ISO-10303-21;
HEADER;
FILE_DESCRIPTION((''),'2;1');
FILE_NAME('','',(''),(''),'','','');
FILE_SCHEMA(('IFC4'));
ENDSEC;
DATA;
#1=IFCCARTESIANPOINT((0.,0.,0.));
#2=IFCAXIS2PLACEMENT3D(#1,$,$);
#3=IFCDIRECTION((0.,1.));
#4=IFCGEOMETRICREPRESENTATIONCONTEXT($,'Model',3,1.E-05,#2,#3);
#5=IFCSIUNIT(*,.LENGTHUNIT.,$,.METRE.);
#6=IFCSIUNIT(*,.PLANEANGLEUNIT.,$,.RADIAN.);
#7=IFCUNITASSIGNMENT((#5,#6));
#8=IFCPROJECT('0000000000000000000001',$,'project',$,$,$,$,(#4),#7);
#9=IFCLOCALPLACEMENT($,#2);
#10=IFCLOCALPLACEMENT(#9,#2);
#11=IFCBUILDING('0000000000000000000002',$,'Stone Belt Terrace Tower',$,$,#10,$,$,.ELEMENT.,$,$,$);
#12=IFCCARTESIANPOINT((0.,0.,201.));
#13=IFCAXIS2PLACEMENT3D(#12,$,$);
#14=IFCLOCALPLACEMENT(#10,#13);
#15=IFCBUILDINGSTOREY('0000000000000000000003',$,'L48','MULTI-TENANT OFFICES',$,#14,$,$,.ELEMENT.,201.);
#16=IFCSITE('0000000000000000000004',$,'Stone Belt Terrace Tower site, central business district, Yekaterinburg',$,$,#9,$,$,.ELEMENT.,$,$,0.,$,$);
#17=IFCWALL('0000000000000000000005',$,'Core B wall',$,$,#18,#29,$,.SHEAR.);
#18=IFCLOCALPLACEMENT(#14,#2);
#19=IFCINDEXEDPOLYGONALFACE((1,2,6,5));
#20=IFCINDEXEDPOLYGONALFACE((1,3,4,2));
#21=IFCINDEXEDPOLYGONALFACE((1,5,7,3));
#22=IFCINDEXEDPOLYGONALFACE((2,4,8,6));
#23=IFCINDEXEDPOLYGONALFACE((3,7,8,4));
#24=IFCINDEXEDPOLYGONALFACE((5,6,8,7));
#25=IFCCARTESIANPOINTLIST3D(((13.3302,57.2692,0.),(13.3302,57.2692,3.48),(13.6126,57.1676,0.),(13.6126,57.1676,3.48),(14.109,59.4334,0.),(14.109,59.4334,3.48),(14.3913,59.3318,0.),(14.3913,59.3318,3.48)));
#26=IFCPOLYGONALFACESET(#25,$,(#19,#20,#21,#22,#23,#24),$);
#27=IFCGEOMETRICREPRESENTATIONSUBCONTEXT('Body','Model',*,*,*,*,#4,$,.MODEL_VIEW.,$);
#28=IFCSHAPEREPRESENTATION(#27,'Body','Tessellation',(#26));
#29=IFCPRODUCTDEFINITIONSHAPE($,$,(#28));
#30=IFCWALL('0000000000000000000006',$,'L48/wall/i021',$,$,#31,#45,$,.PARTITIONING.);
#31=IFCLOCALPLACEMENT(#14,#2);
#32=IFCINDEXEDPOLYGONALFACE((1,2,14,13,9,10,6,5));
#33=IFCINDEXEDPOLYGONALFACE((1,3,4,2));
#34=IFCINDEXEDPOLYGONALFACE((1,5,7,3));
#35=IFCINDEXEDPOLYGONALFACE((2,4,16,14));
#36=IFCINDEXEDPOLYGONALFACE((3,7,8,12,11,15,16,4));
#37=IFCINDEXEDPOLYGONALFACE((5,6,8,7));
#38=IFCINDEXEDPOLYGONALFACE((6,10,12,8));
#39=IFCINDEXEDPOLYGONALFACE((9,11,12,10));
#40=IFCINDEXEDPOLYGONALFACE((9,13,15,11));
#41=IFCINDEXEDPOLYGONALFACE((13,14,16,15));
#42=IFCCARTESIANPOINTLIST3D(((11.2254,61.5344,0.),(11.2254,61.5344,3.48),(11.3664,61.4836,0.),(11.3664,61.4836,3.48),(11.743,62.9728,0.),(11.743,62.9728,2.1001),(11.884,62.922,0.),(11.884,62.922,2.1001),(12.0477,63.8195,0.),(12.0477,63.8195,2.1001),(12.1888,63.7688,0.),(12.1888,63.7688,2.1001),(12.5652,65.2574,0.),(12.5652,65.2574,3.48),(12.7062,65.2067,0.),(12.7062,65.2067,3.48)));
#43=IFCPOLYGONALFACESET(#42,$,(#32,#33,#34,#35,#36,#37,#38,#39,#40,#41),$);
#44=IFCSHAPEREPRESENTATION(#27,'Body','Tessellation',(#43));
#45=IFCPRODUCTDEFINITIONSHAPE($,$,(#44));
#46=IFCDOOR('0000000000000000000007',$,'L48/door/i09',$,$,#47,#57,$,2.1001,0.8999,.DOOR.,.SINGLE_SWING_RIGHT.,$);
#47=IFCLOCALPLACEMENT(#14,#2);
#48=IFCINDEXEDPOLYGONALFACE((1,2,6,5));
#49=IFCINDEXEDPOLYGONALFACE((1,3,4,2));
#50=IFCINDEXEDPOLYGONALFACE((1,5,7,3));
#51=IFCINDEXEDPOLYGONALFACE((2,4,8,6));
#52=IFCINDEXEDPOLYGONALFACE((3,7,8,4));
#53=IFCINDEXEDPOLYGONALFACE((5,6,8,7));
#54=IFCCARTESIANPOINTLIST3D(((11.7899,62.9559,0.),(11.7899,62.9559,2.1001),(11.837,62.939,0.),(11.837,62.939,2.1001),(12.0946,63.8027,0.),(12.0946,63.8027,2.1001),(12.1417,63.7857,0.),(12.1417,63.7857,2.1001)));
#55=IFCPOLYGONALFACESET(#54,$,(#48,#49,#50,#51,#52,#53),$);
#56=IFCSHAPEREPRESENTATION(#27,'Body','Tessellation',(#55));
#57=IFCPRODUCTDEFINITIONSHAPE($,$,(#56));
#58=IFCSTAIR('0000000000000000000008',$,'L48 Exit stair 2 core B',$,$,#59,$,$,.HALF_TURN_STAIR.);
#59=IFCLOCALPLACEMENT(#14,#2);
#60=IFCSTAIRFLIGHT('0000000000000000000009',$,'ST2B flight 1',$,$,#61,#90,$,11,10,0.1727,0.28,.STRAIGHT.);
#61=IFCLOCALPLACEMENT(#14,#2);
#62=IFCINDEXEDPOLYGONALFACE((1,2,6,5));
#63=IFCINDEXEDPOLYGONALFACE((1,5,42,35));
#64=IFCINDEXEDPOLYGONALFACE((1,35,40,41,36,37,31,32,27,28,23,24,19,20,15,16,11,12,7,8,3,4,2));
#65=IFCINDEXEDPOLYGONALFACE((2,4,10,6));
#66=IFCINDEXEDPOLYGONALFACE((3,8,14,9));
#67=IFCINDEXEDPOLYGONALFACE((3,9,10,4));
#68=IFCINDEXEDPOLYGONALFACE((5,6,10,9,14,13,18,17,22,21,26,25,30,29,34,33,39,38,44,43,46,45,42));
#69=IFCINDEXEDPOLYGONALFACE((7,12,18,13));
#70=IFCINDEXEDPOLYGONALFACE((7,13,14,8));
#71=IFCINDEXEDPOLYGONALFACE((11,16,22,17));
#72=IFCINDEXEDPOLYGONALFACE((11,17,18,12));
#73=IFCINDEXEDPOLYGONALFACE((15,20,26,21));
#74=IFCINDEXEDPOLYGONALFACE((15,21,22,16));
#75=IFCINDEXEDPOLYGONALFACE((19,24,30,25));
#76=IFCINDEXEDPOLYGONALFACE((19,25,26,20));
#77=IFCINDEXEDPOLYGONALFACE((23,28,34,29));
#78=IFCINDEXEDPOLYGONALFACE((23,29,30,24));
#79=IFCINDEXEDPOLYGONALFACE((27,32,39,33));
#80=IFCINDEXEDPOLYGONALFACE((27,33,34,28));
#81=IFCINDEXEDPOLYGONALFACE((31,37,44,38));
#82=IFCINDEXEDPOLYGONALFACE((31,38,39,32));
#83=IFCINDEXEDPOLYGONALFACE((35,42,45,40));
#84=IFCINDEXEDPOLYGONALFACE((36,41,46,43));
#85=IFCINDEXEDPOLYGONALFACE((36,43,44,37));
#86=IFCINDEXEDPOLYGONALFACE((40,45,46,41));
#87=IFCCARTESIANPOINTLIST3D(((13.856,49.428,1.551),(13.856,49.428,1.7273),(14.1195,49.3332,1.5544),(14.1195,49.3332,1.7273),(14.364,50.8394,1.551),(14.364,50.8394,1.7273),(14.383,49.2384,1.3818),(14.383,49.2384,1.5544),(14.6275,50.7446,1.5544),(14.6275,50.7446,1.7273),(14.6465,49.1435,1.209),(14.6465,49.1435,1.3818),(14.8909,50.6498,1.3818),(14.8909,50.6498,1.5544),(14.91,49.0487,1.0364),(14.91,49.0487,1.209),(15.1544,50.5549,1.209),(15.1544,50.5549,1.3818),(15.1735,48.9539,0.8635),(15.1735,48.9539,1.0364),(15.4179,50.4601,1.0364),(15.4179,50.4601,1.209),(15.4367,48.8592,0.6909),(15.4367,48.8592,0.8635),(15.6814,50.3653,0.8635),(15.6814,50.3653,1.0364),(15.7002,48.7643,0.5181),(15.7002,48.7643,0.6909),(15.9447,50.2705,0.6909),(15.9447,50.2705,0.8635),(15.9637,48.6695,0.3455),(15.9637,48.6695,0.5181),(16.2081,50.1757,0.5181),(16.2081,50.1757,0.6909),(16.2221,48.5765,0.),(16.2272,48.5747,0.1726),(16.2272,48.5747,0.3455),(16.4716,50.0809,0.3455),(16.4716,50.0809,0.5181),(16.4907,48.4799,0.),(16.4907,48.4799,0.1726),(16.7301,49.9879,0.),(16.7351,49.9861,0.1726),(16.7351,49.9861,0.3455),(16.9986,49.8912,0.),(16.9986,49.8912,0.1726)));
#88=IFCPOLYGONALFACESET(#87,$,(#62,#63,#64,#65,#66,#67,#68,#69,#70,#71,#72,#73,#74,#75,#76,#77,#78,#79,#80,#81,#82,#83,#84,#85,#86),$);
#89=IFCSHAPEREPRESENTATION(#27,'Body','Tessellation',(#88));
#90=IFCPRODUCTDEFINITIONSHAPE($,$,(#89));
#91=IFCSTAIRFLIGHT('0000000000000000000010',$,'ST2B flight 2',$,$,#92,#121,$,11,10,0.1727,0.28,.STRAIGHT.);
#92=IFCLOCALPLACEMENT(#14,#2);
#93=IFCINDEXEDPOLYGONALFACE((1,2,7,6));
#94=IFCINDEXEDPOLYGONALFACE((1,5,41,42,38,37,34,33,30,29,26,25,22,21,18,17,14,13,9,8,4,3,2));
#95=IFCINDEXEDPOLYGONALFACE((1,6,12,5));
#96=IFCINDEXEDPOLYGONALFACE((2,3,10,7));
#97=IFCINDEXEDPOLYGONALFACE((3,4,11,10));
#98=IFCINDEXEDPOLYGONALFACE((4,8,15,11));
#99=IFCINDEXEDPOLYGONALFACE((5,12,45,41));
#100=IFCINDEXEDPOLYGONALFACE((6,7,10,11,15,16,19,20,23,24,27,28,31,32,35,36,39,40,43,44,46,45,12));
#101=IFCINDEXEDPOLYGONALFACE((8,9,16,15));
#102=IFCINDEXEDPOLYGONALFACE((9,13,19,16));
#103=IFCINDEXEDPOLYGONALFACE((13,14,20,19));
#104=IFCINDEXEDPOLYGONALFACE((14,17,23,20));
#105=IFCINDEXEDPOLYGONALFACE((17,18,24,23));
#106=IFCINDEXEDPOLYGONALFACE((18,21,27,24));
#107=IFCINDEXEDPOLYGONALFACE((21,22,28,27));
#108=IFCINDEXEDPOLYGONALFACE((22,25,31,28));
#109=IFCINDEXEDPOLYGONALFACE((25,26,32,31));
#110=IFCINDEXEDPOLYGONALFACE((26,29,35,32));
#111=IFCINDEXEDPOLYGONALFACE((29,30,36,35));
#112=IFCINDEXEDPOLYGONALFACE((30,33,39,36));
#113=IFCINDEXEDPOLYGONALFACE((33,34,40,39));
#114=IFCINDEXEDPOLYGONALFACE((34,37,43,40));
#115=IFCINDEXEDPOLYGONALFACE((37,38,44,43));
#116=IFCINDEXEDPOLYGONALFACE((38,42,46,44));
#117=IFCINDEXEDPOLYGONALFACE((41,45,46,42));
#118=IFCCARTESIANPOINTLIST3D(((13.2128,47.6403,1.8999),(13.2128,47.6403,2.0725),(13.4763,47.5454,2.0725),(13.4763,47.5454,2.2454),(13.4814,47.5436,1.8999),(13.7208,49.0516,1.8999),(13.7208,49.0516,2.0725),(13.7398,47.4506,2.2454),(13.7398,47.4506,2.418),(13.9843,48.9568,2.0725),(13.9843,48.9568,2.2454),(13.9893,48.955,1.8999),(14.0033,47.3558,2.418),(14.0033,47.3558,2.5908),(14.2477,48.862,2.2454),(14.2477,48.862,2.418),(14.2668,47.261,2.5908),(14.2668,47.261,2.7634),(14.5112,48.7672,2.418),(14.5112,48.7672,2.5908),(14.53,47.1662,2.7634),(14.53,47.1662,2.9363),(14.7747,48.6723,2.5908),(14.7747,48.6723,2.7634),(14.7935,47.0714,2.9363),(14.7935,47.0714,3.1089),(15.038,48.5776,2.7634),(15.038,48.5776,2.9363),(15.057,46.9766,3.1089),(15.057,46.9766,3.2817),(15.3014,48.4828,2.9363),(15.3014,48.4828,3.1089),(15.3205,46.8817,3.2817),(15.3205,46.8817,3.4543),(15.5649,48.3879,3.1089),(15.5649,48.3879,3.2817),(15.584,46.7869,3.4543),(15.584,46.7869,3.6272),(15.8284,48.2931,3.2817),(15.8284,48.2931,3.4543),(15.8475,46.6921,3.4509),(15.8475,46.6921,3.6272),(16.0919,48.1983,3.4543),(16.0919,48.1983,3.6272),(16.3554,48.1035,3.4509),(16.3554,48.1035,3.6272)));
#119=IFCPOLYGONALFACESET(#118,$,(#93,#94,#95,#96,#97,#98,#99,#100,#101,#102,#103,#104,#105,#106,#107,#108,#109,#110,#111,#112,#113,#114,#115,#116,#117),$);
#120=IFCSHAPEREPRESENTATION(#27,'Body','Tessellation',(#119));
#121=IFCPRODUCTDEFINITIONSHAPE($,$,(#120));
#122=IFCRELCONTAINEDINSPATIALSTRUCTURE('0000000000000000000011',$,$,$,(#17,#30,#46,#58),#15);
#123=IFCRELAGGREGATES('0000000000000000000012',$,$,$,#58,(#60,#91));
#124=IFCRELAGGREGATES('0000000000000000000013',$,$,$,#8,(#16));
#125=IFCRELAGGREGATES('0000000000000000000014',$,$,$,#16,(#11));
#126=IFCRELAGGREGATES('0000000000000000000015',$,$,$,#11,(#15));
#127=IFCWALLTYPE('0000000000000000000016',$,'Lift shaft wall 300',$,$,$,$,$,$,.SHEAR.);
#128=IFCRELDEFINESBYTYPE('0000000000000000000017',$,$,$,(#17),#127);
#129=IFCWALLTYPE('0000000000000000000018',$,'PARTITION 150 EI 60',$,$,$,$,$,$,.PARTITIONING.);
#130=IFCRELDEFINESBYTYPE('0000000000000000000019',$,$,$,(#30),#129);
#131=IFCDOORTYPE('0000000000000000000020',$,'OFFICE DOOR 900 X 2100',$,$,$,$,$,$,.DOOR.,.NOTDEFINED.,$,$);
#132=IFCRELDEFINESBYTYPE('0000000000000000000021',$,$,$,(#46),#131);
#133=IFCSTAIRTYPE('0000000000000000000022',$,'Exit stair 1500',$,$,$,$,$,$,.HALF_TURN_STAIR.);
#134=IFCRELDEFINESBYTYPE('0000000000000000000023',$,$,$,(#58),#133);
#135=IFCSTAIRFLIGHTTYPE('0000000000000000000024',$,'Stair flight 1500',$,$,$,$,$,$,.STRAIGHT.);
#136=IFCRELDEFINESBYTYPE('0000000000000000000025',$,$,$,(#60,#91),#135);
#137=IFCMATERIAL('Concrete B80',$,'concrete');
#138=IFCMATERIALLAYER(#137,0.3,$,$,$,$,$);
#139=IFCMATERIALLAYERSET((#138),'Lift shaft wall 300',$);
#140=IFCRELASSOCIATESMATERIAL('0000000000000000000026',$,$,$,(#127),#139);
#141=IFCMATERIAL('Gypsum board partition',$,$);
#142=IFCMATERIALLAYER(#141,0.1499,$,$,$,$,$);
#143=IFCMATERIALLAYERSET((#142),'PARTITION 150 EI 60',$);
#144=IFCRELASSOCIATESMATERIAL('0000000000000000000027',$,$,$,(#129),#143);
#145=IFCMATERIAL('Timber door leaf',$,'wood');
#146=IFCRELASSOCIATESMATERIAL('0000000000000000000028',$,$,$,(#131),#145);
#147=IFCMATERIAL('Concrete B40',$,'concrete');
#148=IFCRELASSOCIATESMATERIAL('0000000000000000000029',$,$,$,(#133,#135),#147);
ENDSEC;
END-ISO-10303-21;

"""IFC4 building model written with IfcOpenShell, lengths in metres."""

from ifc_helpers import new_model, si_unit, direction, frame, frame_2d, origin, place, context, subcontext, project, spatial, polyline, rectangle, outline, extrude, material, layer, layer_set, type_object, element, fill, aggregate, save


model = new_model("IFC4")

# Units and contexts
model_context = context("Model", 3, precision=1e-05, world=origin(), true_north=direction((0.0, 1.0)))
body_context = subcontext(model_context, "Body", "Model", "MODEL_VIEW")
ifc_project = project(units=[si_unit("LENGTHUNIT", "METRE"), si_unit("PLANEANGLEUNIT", "RADIAN")], contexts=[model_context])

# Site, building, storey
site_placement = place(None, origin())
site = spatial("IfcSite", under=ifc_project, at=site_placement, Name="Stone Belt Terrace Tower site, central business district, Yekaterinburg", CompositionType="ELEMENT", RefElevation=0.0)
building_placement = place(site_placement, origin())
building = spatial("IfcBuilding", under=site, at=building_placement, Name="Stone Belt Terrace Tower", CompositionType="ELEMENT")
storey_placement = place(building_placement, frame((0.0, 0.0, 201.0)))
storey = spatial("IfcBuildingStorey", under=building, at=storey_placement, Name="L48", Description="MULTI-TENANT OFFICES", CompositionType="ELEMENT", Elevation=201.0)

# Shared definitions
ifc_material_1 = material(Name="Timber door leaf", Category="wood")

# Wall
ifc_material_2 = material(Name="Concrete B80", Category="concrete")
ifc_layer_1 = layer(ifc_material_2, 0.3)
ifc_layer_set_1 = layer_set([ifc_layer_1], Name="Lift shaft wall 300")
wall_type_1 = type_object("IfcWallType", Name="Lift shaft wall 300", PredefinedType="SHEAR", material=ifc_layer_set_1)
wall_1_placement = place(storey_placement, frame((13.4714, 57.2185, 0.0), z_axis=(0.0, 0.0, 1.0), x_axis=(0.338588, 0.940935, 0.0)))
element("IfcWall", 1, at=wall_1_placement, inside=storey, type_object=wall_type_1, Name="Core B wall", PredefinedType="SHEAR", context=body_context, shape_type="SweptSolid", body=[
    extrude(rectangle(XDim=2.3, YDim=0.3, at=frame_2d((1.1499, 0.0))), origin(), (0.0, 0.0, 1.0), 3.48),
])

# Wall, opening, door
ifc_material_3 = material(Name="Gypsum board partition")
ifc_layer_2 = layer(ifc_material_3, 0.1499)
ifc_layer_set_2 = layer_set([ifc_layer_2], Name="PARTITION 150 EI 60")
wall_type_2 = type_object("IfcWallType", Name="PARTITION 150 EI 60", PredefinedType="PARTITIONING", material=ifc_layer_set_2)
wall_2_placement = place(storey_placement, frame((12.6357, 65.2322, 0.0), z_axis=(0.0, 0.0, 1.0), x_axis=(-0.33861, -0.940927, 0.0)))
wall_2 = element("IfcWall", 2, at=wall_2_placement, inside=storey, type_object=wall_type_2, Name="L48/wall/i021", PredefinedType="PARTITIONING", context=body_context, shape_type="SweptSolid", body=[
    extrude(rectangle(XDim=3.9568, YDim=0.1499, at=frame_2d((1.9785, 0.0))), origin(), (0.0, 0.0, 1.0), 3.48),
])
opening_1_placement = place(wall_2_placement, frame((1.5283, 0.0, 0.0)))
opening_1 = element("IfcOpeningElement", 3, at=opening_1_placement, cuts=wall_2, PredefinedType="OPENING", context=body_context, shape_type="SweptSolid", body=[
    extrude(rectangle(XDim=0.8999, YDim=2.1001, at=frame_2d((0.45, 1.05))), frame((0.0, 0.085, 0.0), z_axis=(0.0, -1.0, 0.0), x_axis=(1.0, 0.0, 0.0)), (0.0, 0.0, 1.0), 0.1699),
])
door_type_1 = type_object("IfcDoorType", Name="OFFICE DOOR 900 X 2100", OperationType="NOTDEFINED", PredefinedType="DOOR", material=ifc_material_1)
door_1_placement = place(opening_1_placement, origin())
door_1 = element("IfcDoor", 4, at=door_1_placement, inside=storey, type_object=door_type_1, Name="L48/door/i09", OperationType="SINGLE_SWING_RIGHT", OverallHeight=2.1001, OverallWidth=0.8999, PredefinedType="DOOR", context=body_context, shape_type="SweptSolid", body=[
    extrude(rectangle(XDim=0.8999, YDim=2.1001, at=frame_2d((0.45, 1.05))), frame((0.0, 0.0249, 0.0), z_axis=(0.0, -1.0, 0.0), x_axis=(1.0, 0.0, 0.0)), (0.0, 0.0, 1.0), 0.05),
])
fill(opening_1, door_1)

# Stair, stair flights
ifc_material_4 = material(Name="Concrete B40", Category="concrete")
stair_type = type_object("IfcStairType", Name="Exit stair 1500", PredefinedType="HALF_TURN_STAIR", material=ifc_material_4)
stair_placement = place(storey_placement, origin())
stair = element("IfcStair", 5, at=stair_placement, inside=storey, type_object=stair_type, Name="L48 Exit stair 2 core B", PredefinedType="HALF_TURN_STAIR")
stair_flight_type = type_object("IfcStairFlightType", Name="Stair flight 1500", PredefinedType="STRAIGHT", material=ifc_material_4)
stair_flight_1_placement = place(storey_placement, frame((16.7446, 49.1855, 0.0), z_axis=(0.0, 0.0, 1.0), x_axis=(-0.940922, 0.338624, 0.0)))
stair_flight_1 = element("IfcStairFlight", 6, at=stair_flight_1_placement, type_object=stair_flight_type, Name="ST2B flight 1", NumberOfRisers=11, NumberOfTreads=10, PredefinedType="STRAIGHT", RiserHeight=0.1727, TreadLength=0.28, context=body_context, shape_type="SweptSolid", body=[
    extrude(outline(polyline([(0.0, 0.0), (0.0, 0.1726), (0.28, 0.1726), (0.28, 0.3455), (0.5601, 0.3455), (0.5601, 0.5181), (0.8401, 0.5181), (0.8401, 0.6909), (1.1201, 0.6909), (1.1201, 0.8635), (1.3999, 0.8635), (1.3999, 1.0364), (1.6799, 1.0364), (1.6799, 1.209), (1.96, 1.209), (1.96, 1.3818), (2.24, 1.3818), (2.24, 1.5544), (2.52, 1.5544), (2.52, 1.7273), (2.8, 1.7273), (2.8, 1.8999), (2.8, 1.551), (0.2854, 0.0), (0.0, 0.0)])), frame((0.0, 0.75, 0.0), z_axis=(0.0, -1.0, 0.0), x_axis=(1.0, 0.0, 0.0)), (0.0, 0.0, 1.0), 1.5),
])
stair_flight_2_placement = place(storey_placement, frame((13.4668, 48.3459, 1.8999), z_axis=(0.0, 0.0, 1.0), x_axis=(0.940922, -0.338624, 0.0)))
stair_flight_2 = element("IfcStairFlight", 7, at=stair_flight_2_placement, type_object=stair_flight_type, Name="ST2B flight 2", NumberOfRisers=11, NumberOfTreads=10, PredefinedType="STRAIGHT", RiserHeight=0.1727, TreadLength=0.28, context=body_context, shape_type="SweptSolid", body=[
    extrude(outline(polyline([(0.0, 0.0), (0.0, 0.1726), (0.28, 0.1726), (0.28, 0.3455), (0.5601, 0.3455), (0.5601, 0.5181), (0.8401, 0.5181), (0.8401, 0.6909), (1.1201, 0.6909), (1.1201, 0.8635), (1.3999, 0.8635), (1.3999, 1.0364), (1.6799, 1.0364), (1.6799, 1.209), (1.96, 1.209), (1.96, 1.3818), (2.24, 1.3818), (2.24, 1.5544), (2.52, 1.5544), (2.52, 1.7273), (2.8, 1.7273), (2.8, 1.8999), (2.8, 1.551), (0.2854, 0.0), (0.0, 0.0)])), frame((0.0, 0.75, 0.0), z_axis=(0.0, -1.0, 0.0), x_axis=(1.0, 0.0, 0.0)), (0.0, 0.0, 1.0), 1.5),
])
aggregate(stair, [stair_flight_1, stair_flight_2])

save(model, "model.ifc")
